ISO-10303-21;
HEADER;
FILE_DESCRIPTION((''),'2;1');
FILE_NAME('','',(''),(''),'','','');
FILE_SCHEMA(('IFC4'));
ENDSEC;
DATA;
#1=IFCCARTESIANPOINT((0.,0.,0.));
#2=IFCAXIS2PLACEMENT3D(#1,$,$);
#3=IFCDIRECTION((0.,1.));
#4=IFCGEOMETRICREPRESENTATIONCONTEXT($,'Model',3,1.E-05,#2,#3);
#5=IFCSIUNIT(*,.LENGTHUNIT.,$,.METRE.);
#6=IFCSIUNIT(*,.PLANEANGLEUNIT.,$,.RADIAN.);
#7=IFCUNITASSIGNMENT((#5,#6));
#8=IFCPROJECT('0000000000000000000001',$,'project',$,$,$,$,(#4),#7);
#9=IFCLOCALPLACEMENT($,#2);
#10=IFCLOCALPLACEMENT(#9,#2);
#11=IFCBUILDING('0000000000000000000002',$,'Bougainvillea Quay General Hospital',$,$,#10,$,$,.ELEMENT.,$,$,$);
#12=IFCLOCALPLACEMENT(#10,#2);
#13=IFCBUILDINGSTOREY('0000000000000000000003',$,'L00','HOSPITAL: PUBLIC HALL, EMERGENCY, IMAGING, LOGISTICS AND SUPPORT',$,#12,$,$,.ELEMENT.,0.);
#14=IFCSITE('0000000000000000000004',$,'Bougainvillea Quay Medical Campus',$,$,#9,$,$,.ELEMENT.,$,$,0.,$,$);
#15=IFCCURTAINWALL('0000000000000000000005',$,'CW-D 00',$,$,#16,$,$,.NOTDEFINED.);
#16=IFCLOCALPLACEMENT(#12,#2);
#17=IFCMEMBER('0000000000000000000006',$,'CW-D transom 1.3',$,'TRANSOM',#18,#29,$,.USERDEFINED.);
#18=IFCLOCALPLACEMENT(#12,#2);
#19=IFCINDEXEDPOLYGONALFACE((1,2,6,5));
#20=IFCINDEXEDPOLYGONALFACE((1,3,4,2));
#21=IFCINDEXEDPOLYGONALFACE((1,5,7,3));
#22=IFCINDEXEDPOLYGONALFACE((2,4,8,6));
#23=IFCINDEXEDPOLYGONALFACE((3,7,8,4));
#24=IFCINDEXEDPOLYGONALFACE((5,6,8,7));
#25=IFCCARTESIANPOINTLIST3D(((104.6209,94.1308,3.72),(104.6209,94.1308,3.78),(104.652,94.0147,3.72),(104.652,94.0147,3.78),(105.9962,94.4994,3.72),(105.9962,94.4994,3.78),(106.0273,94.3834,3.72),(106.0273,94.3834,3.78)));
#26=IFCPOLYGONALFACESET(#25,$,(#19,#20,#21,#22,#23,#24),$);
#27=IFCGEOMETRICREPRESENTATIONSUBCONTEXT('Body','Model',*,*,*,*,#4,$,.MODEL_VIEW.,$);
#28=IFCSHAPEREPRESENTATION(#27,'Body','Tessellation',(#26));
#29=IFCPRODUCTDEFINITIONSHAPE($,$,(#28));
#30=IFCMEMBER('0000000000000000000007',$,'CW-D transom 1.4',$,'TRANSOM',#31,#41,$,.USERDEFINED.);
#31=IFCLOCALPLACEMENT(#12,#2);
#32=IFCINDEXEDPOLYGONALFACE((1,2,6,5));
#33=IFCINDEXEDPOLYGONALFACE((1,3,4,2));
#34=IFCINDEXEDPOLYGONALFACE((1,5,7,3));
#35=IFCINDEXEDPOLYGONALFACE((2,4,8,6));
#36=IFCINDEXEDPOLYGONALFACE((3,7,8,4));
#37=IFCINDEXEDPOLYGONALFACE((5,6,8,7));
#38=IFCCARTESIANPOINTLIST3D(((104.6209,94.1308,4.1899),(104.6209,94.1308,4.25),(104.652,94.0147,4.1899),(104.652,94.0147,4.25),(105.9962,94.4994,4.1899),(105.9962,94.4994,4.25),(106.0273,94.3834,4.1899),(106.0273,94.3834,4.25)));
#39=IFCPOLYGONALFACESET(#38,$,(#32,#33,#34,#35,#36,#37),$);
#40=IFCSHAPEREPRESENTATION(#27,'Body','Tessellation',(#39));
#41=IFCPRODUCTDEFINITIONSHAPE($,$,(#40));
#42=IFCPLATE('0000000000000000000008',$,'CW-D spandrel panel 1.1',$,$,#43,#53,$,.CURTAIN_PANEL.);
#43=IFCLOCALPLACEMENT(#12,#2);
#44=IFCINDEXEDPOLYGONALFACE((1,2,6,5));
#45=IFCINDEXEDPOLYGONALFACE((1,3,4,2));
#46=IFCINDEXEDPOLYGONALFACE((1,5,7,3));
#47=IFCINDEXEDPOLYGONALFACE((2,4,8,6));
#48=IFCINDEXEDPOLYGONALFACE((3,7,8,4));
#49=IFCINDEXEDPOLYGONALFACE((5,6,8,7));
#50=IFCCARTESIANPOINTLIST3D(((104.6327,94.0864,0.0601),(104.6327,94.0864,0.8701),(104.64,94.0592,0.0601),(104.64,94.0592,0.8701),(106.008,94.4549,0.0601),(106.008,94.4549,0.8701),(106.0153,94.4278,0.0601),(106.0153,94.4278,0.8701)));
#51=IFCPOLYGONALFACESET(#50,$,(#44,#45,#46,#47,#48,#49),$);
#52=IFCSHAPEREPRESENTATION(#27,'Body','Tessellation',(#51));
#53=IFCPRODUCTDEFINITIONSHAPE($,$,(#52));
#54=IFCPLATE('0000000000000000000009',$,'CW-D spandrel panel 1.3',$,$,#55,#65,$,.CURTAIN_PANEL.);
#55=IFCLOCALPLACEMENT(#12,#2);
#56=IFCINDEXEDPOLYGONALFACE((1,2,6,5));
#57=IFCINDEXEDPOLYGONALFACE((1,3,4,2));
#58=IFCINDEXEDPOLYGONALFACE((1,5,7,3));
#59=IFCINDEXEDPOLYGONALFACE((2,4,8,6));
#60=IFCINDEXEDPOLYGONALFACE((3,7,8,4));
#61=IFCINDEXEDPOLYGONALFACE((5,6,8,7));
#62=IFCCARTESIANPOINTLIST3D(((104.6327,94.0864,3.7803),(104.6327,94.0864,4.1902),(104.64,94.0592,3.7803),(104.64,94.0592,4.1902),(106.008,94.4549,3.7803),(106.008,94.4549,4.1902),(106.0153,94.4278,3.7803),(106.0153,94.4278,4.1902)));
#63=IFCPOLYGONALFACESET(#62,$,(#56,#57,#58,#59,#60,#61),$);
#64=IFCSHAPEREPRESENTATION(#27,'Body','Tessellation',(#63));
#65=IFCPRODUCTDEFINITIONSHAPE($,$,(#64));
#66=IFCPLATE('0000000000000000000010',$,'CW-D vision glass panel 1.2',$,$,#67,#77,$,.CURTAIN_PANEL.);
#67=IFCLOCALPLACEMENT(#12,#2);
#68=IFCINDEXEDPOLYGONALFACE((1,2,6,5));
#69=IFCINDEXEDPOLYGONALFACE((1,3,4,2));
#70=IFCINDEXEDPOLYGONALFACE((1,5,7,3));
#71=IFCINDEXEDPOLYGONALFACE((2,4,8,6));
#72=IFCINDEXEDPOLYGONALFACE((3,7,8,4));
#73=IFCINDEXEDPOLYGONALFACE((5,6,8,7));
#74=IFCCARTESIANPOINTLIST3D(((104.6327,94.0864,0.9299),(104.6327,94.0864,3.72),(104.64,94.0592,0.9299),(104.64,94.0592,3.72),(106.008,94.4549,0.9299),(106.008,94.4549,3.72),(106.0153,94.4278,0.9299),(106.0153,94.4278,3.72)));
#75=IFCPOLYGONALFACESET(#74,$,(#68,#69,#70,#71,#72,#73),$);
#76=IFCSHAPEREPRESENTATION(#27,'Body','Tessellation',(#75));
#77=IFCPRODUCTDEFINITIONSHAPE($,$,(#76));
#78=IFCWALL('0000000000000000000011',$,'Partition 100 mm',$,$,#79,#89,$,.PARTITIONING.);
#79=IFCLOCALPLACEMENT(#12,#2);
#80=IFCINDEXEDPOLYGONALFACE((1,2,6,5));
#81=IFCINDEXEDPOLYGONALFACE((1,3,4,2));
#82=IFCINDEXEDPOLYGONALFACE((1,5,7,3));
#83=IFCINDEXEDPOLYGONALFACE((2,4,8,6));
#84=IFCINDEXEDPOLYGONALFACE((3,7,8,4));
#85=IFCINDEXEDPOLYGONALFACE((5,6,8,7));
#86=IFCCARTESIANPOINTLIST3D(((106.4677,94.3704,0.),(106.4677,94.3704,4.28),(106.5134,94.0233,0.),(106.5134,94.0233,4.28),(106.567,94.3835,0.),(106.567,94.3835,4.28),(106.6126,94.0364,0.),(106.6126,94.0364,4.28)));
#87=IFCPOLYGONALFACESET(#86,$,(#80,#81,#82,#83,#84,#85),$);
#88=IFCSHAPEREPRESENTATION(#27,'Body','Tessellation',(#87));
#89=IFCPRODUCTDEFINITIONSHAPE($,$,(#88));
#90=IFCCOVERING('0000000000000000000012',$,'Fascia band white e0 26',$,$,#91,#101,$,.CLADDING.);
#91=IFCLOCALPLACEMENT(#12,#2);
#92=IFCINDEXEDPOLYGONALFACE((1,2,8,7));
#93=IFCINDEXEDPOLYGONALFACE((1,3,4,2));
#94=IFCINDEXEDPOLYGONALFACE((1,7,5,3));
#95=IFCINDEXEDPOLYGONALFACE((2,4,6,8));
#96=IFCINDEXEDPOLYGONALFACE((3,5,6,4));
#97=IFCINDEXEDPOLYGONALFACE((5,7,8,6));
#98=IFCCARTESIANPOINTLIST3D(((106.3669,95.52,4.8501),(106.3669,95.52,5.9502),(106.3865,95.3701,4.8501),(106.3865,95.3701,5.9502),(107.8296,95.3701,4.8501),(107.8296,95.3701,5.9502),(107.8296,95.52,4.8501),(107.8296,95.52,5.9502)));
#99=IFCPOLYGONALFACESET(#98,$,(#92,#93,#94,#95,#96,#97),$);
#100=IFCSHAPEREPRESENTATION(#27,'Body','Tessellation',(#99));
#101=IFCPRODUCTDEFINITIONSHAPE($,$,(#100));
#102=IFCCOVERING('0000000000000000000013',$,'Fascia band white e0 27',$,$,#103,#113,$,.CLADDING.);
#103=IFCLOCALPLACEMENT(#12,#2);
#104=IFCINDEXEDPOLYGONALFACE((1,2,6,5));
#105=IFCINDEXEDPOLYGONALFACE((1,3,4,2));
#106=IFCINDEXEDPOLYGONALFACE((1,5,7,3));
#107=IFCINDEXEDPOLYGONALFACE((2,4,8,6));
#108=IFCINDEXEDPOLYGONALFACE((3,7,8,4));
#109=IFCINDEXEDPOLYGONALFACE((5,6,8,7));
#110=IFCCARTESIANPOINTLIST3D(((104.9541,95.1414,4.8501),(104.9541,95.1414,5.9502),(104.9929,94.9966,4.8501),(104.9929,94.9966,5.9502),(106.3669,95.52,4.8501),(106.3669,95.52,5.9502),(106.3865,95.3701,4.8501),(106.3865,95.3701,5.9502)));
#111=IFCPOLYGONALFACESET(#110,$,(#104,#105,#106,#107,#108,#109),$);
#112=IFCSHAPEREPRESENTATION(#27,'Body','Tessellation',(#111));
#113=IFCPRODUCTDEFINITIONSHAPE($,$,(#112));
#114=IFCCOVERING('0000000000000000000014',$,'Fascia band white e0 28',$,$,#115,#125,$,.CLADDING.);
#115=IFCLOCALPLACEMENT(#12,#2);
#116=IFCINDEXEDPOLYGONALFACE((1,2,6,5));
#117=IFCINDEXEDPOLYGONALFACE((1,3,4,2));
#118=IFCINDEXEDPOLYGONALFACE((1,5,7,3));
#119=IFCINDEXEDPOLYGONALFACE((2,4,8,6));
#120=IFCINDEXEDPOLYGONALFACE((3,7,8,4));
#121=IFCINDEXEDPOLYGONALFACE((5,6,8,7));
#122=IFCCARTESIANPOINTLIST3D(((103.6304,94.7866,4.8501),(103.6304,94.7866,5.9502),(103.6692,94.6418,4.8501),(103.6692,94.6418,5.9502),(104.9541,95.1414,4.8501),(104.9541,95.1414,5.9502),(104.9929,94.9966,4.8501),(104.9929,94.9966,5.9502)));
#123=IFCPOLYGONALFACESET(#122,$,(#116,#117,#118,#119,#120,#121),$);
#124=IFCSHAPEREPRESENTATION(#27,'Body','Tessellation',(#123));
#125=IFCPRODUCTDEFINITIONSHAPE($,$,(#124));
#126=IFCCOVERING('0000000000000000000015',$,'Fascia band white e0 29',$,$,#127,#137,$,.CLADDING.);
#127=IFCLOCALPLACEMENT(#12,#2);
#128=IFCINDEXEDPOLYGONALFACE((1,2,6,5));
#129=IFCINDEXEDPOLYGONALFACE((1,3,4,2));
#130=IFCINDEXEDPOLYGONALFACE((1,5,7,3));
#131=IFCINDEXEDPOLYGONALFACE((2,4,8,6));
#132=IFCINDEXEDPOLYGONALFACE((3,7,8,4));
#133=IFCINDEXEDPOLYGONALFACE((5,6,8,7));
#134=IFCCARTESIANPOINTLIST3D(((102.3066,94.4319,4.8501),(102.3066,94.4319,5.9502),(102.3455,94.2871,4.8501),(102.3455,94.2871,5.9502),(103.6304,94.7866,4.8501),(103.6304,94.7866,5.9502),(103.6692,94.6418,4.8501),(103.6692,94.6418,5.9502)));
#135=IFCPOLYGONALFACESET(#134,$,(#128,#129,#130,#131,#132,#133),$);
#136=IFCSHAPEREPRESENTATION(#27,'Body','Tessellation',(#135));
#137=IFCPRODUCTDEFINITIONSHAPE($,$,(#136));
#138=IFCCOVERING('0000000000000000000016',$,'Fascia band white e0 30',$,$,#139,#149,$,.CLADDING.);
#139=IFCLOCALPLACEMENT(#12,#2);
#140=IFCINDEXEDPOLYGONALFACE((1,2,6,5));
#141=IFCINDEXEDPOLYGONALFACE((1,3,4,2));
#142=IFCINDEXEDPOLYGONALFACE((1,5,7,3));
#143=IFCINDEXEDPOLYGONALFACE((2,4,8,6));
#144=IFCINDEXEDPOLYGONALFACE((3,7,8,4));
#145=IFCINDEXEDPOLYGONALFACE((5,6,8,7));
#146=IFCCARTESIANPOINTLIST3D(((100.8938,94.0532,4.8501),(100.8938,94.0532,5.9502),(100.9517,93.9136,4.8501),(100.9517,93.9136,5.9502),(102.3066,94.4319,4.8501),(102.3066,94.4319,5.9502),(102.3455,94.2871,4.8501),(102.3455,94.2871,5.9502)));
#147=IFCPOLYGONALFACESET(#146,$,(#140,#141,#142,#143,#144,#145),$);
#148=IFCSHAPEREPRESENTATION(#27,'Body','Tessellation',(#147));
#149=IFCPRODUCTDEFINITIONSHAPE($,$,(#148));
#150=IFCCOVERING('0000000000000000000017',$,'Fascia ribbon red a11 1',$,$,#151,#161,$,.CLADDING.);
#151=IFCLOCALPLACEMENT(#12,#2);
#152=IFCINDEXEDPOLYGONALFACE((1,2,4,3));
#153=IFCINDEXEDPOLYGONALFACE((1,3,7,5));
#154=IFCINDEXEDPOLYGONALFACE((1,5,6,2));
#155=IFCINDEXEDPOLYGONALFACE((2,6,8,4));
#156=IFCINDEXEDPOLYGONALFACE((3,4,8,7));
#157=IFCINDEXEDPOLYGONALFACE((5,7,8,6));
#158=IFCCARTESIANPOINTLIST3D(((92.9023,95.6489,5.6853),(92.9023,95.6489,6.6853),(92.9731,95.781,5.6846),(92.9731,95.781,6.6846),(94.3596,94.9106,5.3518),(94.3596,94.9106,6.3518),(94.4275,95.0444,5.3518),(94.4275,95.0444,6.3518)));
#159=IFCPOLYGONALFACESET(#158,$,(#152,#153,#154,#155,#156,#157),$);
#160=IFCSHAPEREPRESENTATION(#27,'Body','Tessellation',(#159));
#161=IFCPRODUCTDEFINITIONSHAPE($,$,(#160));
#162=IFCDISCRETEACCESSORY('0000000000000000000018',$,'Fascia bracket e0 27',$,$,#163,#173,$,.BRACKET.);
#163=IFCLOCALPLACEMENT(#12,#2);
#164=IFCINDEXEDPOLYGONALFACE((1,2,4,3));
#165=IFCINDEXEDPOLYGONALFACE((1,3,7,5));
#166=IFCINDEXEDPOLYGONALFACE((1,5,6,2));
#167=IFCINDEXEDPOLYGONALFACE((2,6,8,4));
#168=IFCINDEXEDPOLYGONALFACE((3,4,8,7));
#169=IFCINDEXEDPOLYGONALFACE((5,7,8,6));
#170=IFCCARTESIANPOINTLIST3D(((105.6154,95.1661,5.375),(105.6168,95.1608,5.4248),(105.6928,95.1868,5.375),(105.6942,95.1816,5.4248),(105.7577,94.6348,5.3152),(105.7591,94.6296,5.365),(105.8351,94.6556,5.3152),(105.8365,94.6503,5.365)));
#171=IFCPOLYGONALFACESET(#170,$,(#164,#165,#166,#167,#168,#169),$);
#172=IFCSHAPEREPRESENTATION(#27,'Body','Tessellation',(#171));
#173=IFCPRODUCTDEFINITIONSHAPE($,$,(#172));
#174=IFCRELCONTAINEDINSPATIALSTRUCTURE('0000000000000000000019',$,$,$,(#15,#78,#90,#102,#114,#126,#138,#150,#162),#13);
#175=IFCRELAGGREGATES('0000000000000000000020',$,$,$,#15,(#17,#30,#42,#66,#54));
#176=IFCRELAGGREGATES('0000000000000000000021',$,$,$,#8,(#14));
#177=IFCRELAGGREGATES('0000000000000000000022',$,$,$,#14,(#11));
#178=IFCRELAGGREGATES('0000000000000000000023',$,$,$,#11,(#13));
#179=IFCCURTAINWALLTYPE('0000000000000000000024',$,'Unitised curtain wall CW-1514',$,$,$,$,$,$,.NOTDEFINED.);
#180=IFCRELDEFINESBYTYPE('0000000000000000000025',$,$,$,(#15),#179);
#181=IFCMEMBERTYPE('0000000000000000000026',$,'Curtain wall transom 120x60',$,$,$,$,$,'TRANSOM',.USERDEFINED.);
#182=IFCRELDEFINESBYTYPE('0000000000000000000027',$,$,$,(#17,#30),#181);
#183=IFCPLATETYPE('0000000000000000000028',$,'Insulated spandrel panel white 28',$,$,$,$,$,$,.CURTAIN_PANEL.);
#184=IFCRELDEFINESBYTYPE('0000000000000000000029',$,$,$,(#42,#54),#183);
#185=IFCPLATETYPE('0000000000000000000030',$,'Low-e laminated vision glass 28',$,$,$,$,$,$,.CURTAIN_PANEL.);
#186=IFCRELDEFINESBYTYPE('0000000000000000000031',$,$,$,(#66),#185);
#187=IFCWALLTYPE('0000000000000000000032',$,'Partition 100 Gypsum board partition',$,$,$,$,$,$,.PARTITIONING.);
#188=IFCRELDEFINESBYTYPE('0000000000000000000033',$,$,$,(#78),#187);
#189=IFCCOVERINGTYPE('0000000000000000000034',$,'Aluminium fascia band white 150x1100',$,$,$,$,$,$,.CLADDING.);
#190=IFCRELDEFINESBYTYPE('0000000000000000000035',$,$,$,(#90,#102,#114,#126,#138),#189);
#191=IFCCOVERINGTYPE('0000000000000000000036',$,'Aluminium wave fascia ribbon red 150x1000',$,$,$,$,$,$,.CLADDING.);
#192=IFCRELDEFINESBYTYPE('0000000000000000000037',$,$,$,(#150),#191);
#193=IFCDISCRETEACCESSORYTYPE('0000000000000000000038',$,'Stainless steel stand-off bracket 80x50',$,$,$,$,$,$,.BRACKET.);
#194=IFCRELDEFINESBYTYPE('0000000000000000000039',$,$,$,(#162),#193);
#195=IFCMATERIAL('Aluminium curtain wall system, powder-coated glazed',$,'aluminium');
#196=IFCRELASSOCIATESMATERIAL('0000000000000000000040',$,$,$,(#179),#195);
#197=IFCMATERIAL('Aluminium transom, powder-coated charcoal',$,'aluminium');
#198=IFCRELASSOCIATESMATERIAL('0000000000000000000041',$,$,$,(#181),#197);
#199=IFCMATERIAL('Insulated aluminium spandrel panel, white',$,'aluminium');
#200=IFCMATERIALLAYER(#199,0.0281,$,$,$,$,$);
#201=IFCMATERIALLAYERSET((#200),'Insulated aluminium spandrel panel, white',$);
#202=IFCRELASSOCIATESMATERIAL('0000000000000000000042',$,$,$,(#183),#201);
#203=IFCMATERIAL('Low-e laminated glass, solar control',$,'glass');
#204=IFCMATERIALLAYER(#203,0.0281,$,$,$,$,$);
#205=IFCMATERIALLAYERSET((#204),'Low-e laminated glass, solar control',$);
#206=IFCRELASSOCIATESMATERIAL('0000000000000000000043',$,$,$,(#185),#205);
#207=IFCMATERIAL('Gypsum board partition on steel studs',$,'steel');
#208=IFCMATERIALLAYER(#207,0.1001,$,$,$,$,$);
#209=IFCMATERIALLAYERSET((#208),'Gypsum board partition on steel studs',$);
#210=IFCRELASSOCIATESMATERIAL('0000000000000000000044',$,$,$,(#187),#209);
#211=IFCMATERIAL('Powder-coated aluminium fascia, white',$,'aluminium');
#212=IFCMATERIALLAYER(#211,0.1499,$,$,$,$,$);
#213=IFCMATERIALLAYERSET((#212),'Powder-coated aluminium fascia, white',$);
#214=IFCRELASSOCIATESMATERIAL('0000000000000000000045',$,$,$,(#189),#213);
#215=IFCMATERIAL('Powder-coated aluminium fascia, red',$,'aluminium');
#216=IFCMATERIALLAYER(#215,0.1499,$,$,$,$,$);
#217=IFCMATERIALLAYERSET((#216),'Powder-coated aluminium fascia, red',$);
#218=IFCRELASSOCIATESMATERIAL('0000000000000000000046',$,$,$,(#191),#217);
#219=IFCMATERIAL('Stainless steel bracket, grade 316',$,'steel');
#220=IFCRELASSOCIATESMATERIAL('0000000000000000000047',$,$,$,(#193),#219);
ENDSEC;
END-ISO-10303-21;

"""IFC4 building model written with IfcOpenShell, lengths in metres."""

from ifc_helpers import new_model, si_unit, direction, frame, frame_2d, origin, origin_2d, place, context, subcontext, project, spatial, polyline, rectangle, outline, extrude, material, layer, layer_set, material_profile, profile_set, type_object, element, aggregate, save


model = new_model("IFC4")

# Units and contexts
model_context = context("Model", 3, precision=1e-05, world=origin(), true_north=direction((0.0, 1.0)))
body_context = subcontext(model_context, "Body", "Model", "MODEL_VIEW")
ifc_project = project(units=[si_unit("LENGTHUNIT", "METRE"), si_unit("PLANEANGLEUNIT", "RADIAN")], contexts=[model_context])

# Site, building, storey
site_placement = place(None, origin())
site = spatial("IfcSite", under=ifc_project, at=site_placement, Name="Bougainvillea Quay Medical Campus", CompositionType="ELEMENT", RefElevation=0.0)
building_placement = place(site_placement, origin())
building = spatial("IfcBuilding", under=site, at=building_placement, Name="Bougainvillea Quay General Hospital", CompositionType="ELEMENT")
storey_placement = place(building_placement, origin())
storey = spatial("IfcBuildingStorey", under=building, at=storey_placement, Name="L00", Description="HOSPITAL: PUBLIC HALL, EMERGENCY, IMAGING, LOGISTICS AND SUPPORT", CompositionType="ELEMENT", Elevation=0.0)

# Curtain wall
ifc_material_1 = material(Name="Aluminium curtain wall system, powder-coated glazed", Category="aluminium")
curtain_wall_type_1 = type_object("IfcCurtainWallType", Name="Unitised curtain wall CW-1514", PredefinedType="NOTDEFINED", material=ifc_material_1)
curtain_wall_1_placement = place(storey_placement, origin())
curtain_wall_1 = element("IfcCurtainWall", 1, at=curtain_wall_1_placement, inside=storey, type_object=curtain_wall_type_1, Name="CW-D 00", PredefinedType="NOTDEFINED")

# Members
ifc_material_2 = material(Name="Aluminium transom, powder-coated charcoal", Category="aluminium")
ifc_material_profile_1 = material_profile(ifc_material_2, rectangle(XDim=0.1201, YDim=0.0601, at=origin_2d()))
ifc_profile_set_1 = profile_set([ifc_material_profile_1], Name="Aluminium transom, powder-coated charcoal")
member_type_1 = type_object("IfcMemberType", Name="Curtain wall transom 120x60", ElementType="TRANSOM", PredefinedType="USERDEFINED", material=ifc_profile_set_1)
member_1_placement = place(storey_placement, frame((106.0117, 94.4414, 3.75), z_axis=(-0.965898, -0.258922, 0.0), x_axis=(0.258922, -0.965898, 0.0)))
member_1 = element("IfcMember", 2, at=member_1_placement, type_object=member_type_1, Name="CW-D transom 1.3", ObjectType="TRANSOM", PredefinedType="USERDEFINED", context=body_context, shape_type="SweptSolid", body=[
    extrude(rectangle(XDim=0.1201, YDim=0.0601, at=origin_2d()), origin(), (0.0, 0.0, 1.0), 1.4238),
])
member_2_placement = place(storey_placement, frame((106.0117, 94.4414, 4.22), z_axis=(-0.965898, -0.258922, 0.0), x_axis=(0.258922, -0.965898, 0.0)))
member_2 = element("IfcMember", 3, at=member_2_placement, type_object=member_type_1, Name="CW-D transom 1.4", ObjectType="TRANSOM", PredefinedType="USERDEFINED", context=body_context, shape_type="SweptSolid", body=[
    extrude(rectangle(XDim=0.1201, YDim=0.0601, at=origin_2d()), origin(), (0.0, 0.0, 1.0), 1.4238),
])

# Plates
ifc_material_3 = material(Name="Insulated aluminium spandrel panel, white", Category="aluminium")
ifc_layer_1 = layer(ifc_material_3, 0.0281)
ifc_layer_set_1 = layer_set([ifc_layer_1], Name="Insulated aluminium spandrel panel, white")
plate_type_1 = type_object("IfcPlateType", Name="Insulated spandrel panel white 28", PredefinedType="CURTAIN_PANEL", material=ifc_layer_set_1)
plate_1_placement = place(storey_placement, frame((105.324, 94.2571, 0.0601), z_axis=(0.0, 0.0, 1.0), x_axis=(-0.965916, -0.258855, 0.0)))
plate_1 = element("IfcPlate", 4, at=plate_1_placement, type_object=plate_type_1, Name="CW-D spandrel panel 1.1", PredefinedType="CURTAIN_PANEL", context=body_context, shape_type="SweptSolid", body=[
    extrude(rectangle(XDim=1.4238, YDim=0.0281, at=origin_2d()), origin(), (0.0, 0.0, 1.0), 0.8101),
])
plate_2_placement = place(storey_placement, frame((105.324, 94.2571, 3.7803), z_axis=(0.0, 0.0, 1.0), x_axis=(-0.965916, -0.258855, 0.0)))
plate_2 = element("IfcPlate", 5, at=plate_2_placement, type_object=plate_type_1, Name="CW-D spandrel panel 1.3", PredefinedType="CURTAIN_PANEL", context=body_context, shape_type="SweptSolid", body=[
    extrude(rectangle(XDim=1.4238, YDim=0.0281, at=origin_2d()), origin(), (0.0, 0.0, 1.0), 0.4099),
])
ifc_material_4 = material(Name="Low-e laminated glass, solar control", Category="glass")
ifc_layer_2 = layer(ifc_material_4, 0.0281)
ifc_layer_set_2 = layer_set([ifc_layer_2], Name="Low-e laminated glass, solar control")
plate_type_2 = type_object("IfcPlateType", Name="Low-e laminated vision glass 28", PredefinedType="CURTAIN_PANEL", material=ifc_layer_set_2)
plate_3_placement = place(storey_placement, frame((105.324, 94.2571, 0.9299), z_axis=(0.0, 0.0, 1.0), x_axis=(-0.965916, -0.258855, 0.0)))
plate_3 = element("IfcPlate", 6, at=plate_3_placement, type_object=plate_type_2, Name="CW-D vision glass panel 1.2", PredefinedType="CURTAIN_PANEL", context=body_context, shape_type="SweptSolid", body=[
    extrude(rectangle(XDim=1.4238, YDim=0.0281, at=origin_2d()), origin(), (0.0, 0.0, 1.0), 2.79),
])
aggregate(curtain_wall_1, [member_1, member_2, plate_1, plate_3, plate_2])

# Wall
ifc_material_5 = material(Name="Gypsum board partition on steel studs", Category="steel")
ifc_layer_3 = layer(ifc_material_5, 0.1001)
ifc_layer_set_3 = layer_set([ifc_layer_3], Name="Gypsum board partition on steel studs")
wall_type = type_object("IfcWallType", Name="Partition 100 Gypsum board partition", PredefinedType="PARTITIONING", material=ifc_layer_set_3)
wall_placement = place(storey_placement, frame((106.5173, 94.377, 0.0), z_axis=(0.0, 0.0, 1.0), x_axis=(0.130382, -0.991464, 0.0)))
element("IfcWall", 7, at=wall_placement, inside=storey, type_object=wall_type, Name="Partition 100 mm", PredefinedType="PARTITIONING", context=body_context, shape_type="SweptSolid", body=[
    extrude(rectangle(XDim=0.3501, YDim=0.1001, at=frame_2d((0.175, 0.0))), origin(), (0.0, 0.0, 1.0), 4.28),
])

# Coverings
ifc_material_6 = material(Name="Powder-coated aluminium fascia, white", Category="aluminium")
ifc_layer_4 = layer(ifc_material_6, 0.1499)
ifc_layer_set_4 = layer_set([ifc_layer_4], Name="Powder-coated aluminium fascia, white")
covering_type_1 = type_object("IfcCoveringType", Name="Aluminium fascia band white 150x1100", PredefinedType="CLADDING", material=ifc_layer_set_4)
covering_1_placement = place(storey_placement, frame((107.8296, 95.3701, 4.8501), z_axis=(0.0, 0.0, 1.0), x_axis=(-1.0, 0.0, 0.0)))
element("IfcCovering", 8, at=covering_1_placement, inside=storey, type_object=covering_type_1, Name="Fascia band white e0 26", PredefinedType="CLADDING", context=body_context, shape_type="SweptSolid", body=[
    extrude(outline(polyline([(0.0, 0.0), (1.4431, 0.0), (1.4626, -0.1499), (0.0, -0.1499), (0.0, 0.0)])), origin(), (0.0, 0.0, 1.0), 1.1001),
])
covering_2_placement = place(storey_placement, frame((106.3865, 95.3701, 4.8501), z_axis=(0.0, 0.0, 1.0), x_axis=(-0.965903, -0.258905, 0.0)))
element("IfcCovering", 9, at=covering_2_placement, inside=storey, type_object=covering_type_1, Name="Fascia band white e0 27", PredefinedType="CLADDING", context=body_context, shape_type="SweptSolid", body=[
    extrude(outline(polyline([(0.0, 0.0), (1.4427, 0.0), (1.4428, -0.1499), (-0.0199, -0.1498), (0.0, 0.0)])), origin(), (0.0, 0.0, 1.0), 1.1001),
])
for number, where, z_axis, x_axis, name in (
    (10, (104.9929, 94.9966, 4.8501), (0.0, 0.0, 1.0), (-0.965918, -0.258849, 0.0), "Fascia band white e0 28"),
    (11, (103.6692, 94.6418, 4.8501), (0.0, 0.0, 1.0), (-0.965918, -0.258849, 0.0), "Fascia band white e0 29"),
):
    element("IfcCovering", number, at=place(storey_placement, frame(where, z_axis=z_axis, x_axis=x_axis)), inside=storey, type_object=covering_type_1, Name=name, PredefinedType="CLADDING", context=body_context, shape_type="SweptSolid", body=[
        extrude(outline(polyline([(0.0, 0.0), (1.3704, 0.0), (1.3705, -0.1499), (0.0, -0.1499), (0.0, 0.0)])), origin(), (0.0, 0.0, 1.0), 1.1001),
    ])
covering_3_placement = place(storey_placement, frame((102.3455, 94.2871, 4.8501), z_axis=(0.0, 0.0, 1.0), x_axis=(-0.965914, -0.258863, 0.0)))
element("IfcCovering", 12, at=covering_3_placement, inside=storey, type_object=covering_type_1, Name="Fascia band white e0 30", PredefinedType="CLADDING", context=body_context, shape_type="SweptSolid", body=[
    extrude(outline(polyline([(0.0, 0.0), (1.443, 0.0), (1.4627, -0.1499), (0.0, -0.1499), (0.0, 0.0)])), origin(), (0.0, 0.0, 1.0), 1.1001),
])
ifc_material_7 = material(Name="Powder-coated aluminium fascia, red", Category="aluminium")
ifc_layer_5 = layer(ifc_material_7, 0.1499)
ifc_layer_set_5 = layer_set([ifc_layer_5], Name="Powder-coated aluminium fascia, red")
covering_type_2 = type_object("IfcCoveringType", Name="Aluminium wave fascia ribbon red 150x1000", PredefinedType="CLADDING", material=ifc_layer_set_5)
covering_4_placement = place(storey_placement, frame((94.4275, 95.0444, 5.3518), z_axis=(0.17843, -0.090366, 0.979794), x_axis=(-0.874083, 0.442691, 0.200008)))
element("IfcCovering", 13, at=covering_4_placement, inside=storey, type_object=covering_type_2, Name="Fascia ribbon red a11 1", PredefinedType="CLADDING", context=body_context, shape_type="SweptSolid", body=[
    extrude(outline(polyline([(0.0, 0.0), (1.6638, 0.0), (1.6674, 0.1498), (0.0001, 0.15), (0.0, 0.0)])), origin(), (0.200008, 0.000002, 0.979794), 1.0),
])

# Discrete accessory
ifc_material_8 = material(Name="Stainless steel bracket, grade 316", Category="steel")
ifc_material_profile_2 = material_profile(ifc_material_8, rectangle(XDim=0.0801, YDim=0.05, at=origin_2d()))
ifc_profile_set_2 = profile_set([ifc_material_profile_2], Name="Stainless steel bracket, grade 316")
discrete_accessory_type = type_object("IfcDiscreteAccessoryType", Name="Stainless steel stand-off bracket 80x50", PredefinedType="BRACKET", material=ifc_profile_set_2)
discrete_accessory_placement = place(storey_placement, frame((105.7971, 94.6426, 5.3401), z_axis=(-0.257278, 0.96027, 0.108119), x_axis=(-0.965932, -0.258795, 0.0)))
element("IfcDiscreteAccessory", 14, at=discrete_accessory_placement, inside=storey, type_object=discrete_accessory_type, Name="Fascia bracket e0 27", PredefinedType="BRACKET", context=body_context, shape_type="SweptSolid", body=[
    extrude(rectangle(XDim=0.0801, YDim=0.05, at=origin_2d()), origin(), (0.0, 0.0, 1.0), 0.5532),
])

save(model, "model.ifc")
